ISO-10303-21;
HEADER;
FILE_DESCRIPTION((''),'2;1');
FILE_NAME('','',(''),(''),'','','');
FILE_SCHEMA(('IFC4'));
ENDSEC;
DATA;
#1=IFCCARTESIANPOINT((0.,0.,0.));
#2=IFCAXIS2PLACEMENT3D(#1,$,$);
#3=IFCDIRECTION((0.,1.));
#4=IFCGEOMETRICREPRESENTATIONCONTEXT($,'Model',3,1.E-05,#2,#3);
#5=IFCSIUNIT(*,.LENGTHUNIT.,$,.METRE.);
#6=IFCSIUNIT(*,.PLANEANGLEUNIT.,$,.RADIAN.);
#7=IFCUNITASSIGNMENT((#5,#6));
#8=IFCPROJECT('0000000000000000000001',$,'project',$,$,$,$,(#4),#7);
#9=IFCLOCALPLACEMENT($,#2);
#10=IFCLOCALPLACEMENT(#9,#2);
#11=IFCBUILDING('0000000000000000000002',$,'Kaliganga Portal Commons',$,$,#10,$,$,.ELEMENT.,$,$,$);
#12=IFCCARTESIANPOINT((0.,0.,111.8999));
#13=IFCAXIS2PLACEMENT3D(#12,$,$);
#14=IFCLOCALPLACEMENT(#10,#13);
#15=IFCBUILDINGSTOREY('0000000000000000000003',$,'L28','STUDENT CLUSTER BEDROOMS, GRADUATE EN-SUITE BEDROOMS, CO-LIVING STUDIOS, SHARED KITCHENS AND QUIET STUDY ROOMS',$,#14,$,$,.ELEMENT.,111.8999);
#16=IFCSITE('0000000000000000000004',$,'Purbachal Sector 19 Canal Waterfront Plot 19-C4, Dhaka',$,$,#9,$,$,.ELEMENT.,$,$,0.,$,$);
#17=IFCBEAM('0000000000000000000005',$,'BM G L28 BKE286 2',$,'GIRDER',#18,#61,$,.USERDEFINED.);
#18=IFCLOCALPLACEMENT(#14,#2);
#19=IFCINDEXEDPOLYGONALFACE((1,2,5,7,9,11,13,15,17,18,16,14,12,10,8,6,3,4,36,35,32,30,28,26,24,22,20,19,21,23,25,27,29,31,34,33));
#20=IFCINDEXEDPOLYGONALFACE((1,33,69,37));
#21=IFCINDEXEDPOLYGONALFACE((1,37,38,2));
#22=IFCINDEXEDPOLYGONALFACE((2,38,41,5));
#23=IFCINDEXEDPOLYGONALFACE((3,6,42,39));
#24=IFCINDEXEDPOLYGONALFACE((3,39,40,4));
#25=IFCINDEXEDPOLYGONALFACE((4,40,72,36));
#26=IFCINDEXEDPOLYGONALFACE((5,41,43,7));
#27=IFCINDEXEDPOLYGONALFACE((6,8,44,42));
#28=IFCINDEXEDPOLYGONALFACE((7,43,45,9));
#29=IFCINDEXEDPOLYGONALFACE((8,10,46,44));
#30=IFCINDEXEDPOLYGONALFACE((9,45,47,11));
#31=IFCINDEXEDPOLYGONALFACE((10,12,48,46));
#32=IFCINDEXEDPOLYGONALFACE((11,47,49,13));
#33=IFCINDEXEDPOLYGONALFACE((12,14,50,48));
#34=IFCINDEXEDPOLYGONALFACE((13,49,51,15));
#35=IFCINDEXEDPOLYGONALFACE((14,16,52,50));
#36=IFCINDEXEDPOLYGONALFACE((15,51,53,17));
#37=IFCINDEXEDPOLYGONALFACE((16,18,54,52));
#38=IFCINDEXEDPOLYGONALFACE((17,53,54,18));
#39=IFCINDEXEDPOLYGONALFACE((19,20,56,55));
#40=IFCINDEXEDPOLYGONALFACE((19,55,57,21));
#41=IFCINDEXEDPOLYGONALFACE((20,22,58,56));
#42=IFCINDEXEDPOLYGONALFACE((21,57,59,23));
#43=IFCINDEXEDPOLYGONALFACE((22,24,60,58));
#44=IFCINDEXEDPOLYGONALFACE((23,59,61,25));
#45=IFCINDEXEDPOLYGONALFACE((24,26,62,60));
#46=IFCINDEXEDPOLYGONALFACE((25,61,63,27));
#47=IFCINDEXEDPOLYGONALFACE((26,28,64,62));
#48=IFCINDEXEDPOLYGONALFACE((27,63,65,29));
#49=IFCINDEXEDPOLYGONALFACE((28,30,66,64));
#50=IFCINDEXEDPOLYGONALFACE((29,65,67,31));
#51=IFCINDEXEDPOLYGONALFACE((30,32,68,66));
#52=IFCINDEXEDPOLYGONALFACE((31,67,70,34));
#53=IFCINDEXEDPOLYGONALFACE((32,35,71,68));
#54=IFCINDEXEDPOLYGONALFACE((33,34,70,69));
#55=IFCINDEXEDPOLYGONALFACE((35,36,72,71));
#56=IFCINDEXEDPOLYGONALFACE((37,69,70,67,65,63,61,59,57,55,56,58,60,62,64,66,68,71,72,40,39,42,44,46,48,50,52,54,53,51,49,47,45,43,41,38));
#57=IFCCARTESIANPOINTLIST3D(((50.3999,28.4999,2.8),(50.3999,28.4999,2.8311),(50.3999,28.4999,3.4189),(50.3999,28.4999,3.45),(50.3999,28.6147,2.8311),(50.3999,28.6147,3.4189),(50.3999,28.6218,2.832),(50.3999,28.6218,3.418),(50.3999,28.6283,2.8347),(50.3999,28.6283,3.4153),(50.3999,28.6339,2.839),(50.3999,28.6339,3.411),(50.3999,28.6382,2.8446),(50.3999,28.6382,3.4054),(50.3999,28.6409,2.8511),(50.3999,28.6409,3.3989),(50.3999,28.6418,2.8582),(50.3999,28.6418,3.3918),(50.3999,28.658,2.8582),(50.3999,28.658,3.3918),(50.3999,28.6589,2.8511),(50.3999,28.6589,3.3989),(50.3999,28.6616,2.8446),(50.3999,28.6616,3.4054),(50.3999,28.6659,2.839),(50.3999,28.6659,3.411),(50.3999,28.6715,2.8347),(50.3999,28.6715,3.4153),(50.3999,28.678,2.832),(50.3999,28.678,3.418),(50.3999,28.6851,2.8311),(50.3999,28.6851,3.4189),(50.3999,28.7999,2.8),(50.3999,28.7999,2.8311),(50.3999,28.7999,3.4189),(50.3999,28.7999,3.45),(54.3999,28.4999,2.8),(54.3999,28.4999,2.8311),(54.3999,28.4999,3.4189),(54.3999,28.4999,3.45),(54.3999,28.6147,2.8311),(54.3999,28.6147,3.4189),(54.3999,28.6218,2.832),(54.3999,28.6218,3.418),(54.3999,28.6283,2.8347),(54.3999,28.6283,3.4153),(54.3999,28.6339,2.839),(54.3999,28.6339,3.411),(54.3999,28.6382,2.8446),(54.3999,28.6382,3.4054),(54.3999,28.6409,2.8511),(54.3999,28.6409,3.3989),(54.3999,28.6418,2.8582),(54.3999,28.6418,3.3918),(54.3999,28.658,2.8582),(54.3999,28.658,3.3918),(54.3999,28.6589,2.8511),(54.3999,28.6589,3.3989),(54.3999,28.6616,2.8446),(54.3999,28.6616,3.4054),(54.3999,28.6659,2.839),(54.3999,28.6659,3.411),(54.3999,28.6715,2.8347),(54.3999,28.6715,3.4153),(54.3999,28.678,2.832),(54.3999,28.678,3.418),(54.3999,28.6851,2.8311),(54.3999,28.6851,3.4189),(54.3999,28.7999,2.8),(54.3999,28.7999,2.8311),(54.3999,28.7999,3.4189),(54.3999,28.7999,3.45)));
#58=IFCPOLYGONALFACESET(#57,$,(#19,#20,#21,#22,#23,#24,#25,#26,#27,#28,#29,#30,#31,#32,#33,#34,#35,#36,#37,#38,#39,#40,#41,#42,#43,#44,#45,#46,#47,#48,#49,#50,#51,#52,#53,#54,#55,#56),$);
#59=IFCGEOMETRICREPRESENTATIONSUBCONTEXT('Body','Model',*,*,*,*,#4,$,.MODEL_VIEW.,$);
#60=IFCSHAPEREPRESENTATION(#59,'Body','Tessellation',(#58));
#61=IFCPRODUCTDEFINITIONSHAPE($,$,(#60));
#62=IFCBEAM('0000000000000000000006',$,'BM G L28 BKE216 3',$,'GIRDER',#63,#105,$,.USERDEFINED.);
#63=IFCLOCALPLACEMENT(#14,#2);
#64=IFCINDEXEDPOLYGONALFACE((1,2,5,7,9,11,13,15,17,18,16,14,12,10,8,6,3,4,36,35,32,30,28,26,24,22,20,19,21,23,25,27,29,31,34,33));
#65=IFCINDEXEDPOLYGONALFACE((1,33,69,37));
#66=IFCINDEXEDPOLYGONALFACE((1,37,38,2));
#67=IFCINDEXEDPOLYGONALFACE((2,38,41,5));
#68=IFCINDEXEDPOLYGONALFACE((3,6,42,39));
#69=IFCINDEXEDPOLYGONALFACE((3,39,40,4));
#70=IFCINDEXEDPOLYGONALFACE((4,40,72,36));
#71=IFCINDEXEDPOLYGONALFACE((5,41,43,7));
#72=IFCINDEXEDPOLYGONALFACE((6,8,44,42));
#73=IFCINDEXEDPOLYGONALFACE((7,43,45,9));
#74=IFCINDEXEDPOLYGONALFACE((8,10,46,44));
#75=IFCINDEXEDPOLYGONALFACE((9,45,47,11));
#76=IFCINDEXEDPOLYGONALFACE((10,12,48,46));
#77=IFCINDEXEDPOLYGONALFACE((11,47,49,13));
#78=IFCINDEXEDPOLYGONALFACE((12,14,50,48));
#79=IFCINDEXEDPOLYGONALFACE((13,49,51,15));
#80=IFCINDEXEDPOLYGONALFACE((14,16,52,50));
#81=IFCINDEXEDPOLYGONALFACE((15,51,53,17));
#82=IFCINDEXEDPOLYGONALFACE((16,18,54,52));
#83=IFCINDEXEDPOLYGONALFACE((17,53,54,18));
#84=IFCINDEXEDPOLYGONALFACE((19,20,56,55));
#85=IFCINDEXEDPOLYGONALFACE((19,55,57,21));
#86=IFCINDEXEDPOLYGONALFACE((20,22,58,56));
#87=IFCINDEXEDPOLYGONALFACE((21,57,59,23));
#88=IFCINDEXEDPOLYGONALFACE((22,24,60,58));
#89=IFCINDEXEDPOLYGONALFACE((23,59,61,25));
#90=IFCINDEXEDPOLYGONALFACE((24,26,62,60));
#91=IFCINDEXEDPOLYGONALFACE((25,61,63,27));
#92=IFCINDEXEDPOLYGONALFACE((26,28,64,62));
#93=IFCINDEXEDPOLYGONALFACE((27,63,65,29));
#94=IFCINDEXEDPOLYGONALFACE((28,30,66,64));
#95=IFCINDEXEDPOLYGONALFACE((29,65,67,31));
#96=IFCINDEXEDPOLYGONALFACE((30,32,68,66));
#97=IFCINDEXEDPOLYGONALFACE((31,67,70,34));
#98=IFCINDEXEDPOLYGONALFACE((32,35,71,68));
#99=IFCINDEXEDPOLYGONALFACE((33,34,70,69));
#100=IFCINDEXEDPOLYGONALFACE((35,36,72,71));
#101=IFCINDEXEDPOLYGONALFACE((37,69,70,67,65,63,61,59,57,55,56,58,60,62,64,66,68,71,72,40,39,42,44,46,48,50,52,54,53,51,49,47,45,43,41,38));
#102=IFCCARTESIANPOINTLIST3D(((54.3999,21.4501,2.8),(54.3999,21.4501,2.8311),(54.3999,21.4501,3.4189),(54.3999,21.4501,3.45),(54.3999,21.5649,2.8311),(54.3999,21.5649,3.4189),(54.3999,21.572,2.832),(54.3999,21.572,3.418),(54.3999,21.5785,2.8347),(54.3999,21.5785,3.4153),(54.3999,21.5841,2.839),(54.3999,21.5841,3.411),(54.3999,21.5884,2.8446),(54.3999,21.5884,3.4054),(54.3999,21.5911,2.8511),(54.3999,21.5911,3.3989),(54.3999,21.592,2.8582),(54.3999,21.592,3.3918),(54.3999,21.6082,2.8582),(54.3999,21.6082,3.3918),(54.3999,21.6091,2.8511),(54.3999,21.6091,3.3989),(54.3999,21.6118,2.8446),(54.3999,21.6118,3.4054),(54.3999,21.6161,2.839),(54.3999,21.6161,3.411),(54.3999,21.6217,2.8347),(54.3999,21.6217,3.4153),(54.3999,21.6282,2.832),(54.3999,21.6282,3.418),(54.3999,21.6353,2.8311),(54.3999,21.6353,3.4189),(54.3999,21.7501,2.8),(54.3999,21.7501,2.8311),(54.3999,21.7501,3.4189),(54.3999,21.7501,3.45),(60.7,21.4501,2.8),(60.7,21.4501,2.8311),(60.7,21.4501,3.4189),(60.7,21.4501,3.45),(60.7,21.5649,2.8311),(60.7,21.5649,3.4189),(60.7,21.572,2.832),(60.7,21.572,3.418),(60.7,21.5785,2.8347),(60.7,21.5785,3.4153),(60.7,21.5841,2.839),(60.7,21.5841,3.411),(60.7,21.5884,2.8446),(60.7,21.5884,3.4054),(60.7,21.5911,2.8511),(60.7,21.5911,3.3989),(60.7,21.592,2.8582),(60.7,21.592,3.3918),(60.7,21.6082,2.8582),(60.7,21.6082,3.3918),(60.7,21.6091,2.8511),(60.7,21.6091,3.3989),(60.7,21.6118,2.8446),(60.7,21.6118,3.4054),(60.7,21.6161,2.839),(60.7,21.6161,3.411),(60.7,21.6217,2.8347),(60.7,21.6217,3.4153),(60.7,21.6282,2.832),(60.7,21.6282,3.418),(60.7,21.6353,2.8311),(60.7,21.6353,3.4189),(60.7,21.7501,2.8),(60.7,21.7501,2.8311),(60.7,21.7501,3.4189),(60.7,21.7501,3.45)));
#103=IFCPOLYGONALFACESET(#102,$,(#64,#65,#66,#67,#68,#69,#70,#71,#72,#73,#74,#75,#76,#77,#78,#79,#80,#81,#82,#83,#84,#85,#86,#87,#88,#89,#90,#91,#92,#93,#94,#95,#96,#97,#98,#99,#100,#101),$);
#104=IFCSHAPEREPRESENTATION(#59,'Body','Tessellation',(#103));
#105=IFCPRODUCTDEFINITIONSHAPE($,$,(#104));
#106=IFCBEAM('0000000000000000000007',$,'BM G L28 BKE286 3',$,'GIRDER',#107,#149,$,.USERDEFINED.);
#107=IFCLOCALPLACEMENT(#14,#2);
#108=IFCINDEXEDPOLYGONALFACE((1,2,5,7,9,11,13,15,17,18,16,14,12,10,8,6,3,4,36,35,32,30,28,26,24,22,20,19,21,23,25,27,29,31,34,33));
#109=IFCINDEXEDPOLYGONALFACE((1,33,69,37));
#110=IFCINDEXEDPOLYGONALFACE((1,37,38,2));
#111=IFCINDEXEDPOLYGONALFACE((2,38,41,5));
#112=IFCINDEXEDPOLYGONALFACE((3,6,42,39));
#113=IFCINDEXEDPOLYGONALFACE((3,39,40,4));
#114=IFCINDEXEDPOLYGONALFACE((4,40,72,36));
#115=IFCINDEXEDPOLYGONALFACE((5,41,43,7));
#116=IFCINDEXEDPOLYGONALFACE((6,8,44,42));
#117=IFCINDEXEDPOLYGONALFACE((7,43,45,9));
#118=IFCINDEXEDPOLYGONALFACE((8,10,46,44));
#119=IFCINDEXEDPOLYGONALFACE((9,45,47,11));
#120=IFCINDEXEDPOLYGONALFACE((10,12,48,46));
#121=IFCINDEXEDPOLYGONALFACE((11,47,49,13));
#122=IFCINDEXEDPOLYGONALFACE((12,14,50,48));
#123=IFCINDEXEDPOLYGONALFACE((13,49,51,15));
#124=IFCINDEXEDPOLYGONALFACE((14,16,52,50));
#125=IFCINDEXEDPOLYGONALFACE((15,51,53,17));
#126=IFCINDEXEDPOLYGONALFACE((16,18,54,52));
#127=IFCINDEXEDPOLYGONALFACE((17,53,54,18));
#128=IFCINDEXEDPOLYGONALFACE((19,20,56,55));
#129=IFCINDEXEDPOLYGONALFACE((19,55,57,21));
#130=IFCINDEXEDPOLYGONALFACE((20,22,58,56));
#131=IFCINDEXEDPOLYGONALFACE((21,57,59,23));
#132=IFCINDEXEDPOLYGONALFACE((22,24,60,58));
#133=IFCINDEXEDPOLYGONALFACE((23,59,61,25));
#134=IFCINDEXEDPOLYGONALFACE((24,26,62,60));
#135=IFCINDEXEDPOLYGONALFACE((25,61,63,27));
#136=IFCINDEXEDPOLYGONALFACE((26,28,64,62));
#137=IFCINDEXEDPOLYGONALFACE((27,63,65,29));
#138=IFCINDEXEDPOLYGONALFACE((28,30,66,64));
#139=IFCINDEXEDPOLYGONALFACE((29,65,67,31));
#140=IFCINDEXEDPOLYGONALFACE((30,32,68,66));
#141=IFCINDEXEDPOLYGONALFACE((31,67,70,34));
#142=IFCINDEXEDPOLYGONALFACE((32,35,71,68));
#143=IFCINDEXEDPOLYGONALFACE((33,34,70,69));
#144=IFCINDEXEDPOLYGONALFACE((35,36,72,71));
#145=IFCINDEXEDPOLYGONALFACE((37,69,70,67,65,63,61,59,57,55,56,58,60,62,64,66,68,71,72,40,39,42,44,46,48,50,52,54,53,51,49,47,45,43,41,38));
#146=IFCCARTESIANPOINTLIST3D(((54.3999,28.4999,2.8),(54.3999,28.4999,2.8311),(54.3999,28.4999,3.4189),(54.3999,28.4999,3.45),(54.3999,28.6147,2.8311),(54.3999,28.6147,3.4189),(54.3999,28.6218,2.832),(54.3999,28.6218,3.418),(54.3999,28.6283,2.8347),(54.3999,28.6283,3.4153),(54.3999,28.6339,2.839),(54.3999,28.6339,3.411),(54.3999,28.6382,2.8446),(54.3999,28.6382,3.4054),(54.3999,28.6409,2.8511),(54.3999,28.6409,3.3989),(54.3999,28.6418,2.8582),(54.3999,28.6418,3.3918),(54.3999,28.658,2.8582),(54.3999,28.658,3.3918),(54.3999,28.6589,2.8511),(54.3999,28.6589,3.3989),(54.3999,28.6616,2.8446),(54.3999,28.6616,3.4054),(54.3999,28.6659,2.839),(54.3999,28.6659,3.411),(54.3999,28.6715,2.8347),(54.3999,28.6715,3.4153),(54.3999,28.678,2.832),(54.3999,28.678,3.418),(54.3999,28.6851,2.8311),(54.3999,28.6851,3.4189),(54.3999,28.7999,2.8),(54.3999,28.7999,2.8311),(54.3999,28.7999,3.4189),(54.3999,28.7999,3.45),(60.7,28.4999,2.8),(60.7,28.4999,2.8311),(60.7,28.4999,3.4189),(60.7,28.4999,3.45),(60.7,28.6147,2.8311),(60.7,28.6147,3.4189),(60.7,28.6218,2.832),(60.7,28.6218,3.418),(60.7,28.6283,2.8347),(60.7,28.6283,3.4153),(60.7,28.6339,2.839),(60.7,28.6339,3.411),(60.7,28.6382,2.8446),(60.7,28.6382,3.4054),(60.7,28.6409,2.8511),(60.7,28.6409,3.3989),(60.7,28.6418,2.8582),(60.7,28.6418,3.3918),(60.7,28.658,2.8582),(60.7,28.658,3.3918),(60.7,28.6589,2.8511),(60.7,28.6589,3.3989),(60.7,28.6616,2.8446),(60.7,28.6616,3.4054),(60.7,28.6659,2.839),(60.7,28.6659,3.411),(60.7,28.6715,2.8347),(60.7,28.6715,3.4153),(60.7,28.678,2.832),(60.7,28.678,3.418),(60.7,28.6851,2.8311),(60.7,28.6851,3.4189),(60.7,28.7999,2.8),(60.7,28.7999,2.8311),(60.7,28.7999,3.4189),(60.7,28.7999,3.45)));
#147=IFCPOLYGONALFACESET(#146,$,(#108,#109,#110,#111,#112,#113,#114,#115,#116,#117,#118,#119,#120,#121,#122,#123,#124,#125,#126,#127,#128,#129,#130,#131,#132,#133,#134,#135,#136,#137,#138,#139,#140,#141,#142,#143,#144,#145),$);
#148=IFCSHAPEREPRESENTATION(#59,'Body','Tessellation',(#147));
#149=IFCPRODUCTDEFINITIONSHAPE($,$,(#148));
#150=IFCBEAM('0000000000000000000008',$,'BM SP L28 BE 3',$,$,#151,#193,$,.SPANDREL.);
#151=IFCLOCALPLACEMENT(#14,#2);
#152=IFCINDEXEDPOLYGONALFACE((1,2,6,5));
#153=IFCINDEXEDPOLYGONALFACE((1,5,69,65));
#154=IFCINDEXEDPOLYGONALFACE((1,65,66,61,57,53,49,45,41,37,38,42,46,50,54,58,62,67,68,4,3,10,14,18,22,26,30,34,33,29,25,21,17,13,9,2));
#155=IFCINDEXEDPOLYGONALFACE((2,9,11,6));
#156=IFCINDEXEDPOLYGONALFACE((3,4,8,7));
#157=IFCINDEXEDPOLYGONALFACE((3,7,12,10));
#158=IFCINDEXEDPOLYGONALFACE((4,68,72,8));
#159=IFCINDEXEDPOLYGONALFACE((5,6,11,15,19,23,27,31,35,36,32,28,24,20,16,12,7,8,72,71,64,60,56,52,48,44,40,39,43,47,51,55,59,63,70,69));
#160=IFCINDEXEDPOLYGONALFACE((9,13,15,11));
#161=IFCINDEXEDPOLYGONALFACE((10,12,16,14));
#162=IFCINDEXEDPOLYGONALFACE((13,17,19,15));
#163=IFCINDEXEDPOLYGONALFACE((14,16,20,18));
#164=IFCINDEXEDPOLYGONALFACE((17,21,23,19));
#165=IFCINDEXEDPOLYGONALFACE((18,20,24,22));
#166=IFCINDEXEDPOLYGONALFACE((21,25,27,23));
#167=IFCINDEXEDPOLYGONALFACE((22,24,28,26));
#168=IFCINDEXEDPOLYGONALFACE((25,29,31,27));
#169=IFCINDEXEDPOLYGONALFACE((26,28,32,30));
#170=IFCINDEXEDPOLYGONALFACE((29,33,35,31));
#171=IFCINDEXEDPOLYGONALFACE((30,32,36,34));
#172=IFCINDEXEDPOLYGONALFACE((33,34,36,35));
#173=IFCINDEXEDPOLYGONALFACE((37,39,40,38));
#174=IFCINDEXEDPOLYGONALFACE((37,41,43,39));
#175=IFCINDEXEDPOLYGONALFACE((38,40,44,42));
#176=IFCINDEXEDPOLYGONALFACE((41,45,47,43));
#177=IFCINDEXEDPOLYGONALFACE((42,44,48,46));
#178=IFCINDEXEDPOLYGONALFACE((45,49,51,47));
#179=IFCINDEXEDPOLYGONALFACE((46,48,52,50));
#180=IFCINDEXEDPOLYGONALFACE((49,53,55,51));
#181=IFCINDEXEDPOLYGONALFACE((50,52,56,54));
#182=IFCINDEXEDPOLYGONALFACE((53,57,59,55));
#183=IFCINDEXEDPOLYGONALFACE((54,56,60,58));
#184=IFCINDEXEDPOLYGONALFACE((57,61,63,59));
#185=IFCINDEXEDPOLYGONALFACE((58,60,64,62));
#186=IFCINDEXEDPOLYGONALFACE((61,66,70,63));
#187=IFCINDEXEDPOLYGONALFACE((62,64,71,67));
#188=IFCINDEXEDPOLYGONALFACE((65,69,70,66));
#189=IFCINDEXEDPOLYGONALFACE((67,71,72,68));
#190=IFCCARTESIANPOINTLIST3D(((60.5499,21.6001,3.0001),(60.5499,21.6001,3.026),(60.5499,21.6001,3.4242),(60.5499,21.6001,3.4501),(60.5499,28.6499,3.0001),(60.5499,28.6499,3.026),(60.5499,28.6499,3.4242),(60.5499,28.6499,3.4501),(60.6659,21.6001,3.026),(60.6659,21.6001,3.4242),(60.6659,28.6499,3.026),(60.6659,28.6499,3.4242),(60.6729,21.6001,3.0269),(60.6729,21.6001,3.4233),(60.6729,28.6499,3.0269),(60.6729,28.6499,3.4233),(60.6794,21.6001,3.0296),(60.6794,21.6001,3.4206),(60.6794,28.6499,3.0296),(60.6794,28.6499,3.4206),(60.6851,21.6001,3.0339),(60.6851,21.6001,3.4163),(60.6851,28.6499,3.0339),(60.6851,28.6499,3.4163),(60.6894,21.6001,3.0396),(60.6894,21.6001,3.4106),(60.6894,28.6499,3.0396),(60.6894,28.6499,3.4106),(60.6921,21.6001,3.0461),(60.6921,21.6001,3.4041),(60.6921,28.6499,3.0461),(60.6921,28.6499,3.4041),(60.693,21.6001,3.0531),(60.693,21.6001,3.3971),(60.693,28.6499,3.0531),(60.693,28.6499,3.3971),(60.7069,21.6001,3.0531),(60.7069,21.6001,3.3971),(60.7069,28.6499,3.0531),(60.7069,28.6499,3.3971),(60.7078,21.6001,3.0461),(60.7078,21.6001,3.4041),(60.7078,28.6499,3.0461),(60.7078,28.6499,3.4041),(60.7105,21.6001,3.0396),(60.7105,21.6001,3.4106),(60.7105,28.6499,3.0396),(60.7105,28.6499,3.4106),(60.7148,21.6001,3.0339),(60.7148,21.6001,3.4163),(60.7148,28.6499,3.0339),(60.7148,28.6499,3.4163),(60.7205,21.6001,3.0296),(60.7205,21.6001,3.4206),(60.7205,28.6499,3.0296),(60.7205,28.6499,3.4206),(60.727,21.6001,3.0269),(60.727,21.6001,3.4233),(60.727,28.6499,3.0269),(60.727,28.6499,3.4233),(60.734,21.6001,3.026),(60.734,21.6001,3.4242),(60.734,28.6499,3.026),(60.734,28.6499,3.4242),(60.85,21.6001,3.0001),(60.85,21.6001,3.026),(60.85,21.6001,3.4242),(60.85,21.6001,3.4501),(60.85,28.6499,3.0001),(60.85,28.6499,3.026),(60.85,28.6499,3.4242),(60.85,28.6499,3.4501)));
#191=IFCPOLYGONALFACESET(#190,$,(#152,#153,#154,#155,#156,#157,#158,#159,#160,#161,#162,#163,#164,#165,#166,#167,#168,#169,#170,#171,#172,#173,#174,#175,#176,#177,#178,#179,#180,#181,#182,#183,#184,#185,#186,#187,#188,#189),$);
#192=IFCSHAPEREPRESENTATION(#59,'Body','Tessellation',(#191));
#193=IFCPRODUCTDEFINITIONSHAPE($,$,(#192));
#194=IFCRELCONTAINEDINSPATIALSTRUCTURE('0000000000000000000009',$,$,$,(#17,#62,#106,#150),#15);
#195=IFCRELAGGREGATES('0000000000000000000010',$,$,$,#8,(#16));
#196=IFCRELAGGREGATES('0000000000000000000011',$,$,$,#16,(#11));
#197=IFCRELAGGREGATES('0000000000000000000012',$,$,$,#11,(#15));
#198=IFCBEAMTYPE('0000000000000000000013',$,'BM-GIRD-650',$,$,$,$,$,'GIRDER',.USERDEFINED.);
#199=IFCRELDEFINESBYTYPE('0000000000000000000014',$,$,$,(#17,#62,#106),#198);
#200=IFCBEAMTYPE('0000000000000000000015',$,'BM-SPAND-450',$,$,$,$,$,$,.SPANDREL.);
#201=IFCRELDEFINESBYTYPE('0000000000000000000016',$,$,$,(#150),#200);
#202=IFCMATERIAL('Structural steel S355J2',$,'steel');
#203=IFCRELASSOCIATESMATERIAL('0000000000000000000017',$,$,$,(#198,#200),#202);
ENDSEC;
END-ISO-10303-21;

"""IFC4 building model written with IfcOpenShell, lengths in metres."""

from ifc_helpers import new_model, si_unit, direction, frame, origin, origin_2d, place, context, subcontext, project, spatial, i_section, extrude, source, transform, mapped, material, material_profile, profile_set, type_object, element, save


model = new_model("IFC4")

# Units and contexts
model_context = context("Model", 3, precision=1e-05, world=origin(), true_north=direction((0.0, 1.0)))
body_context = subcontext(model_context, "Body", "Model", "MODEL_VIEW")
ifc_project = project(units=[si_unit("LENGTHUNIT", "METRE"), si_unit("PLANEANGLEUNIT", "RADIAN")], contexts=[model_context])

# Site, building, storey
site_placement = place(None, origin())
site = spatial("IfcSite", under=ifc_project, at=site_placement, Name="Purbachal Sector 19 Canal Waterfront Plot 19-C4, Dhaka", CompositionType="ELEMENT", RefElevation=0.0)
building_placement = place(site_placement, origin())
building = spatial("IfcBuilding", under=site, at=building_placement, Name="Kaliganga Portal Commons", CompositionType="ELEMENT")
storey_placement = place(building_placement, frame((0.0, 0.0, 111.8999)))
storey = spatial("IfcBuildingStorey", under=building, at=storey_placement, Name="L28", Description="STUDENT CLUSTER BEDROOMS, GRADUATE EN-SUITE BEDROOMS, CO-LIVING STUDIOS, SHARED KITCHENS AND QUIET STUDY ROOMS", CompositionType="ELEMENT", Elevation=111.8999)

# Beams
ifc_material_1 = material(Name="Structural steel S355J2", Category="steel")
ifc_material_profile_1 = material_profile(ifc_material_1, i_section(OverallWidth=0.3, OverallDepth=0.6499, WebThickness=0.0161, FlangeThickness=0.031, FilletRadius=0.0271, at=origin_2d()), Name="HE 650 B")
ifc_profile_set_1 = profile_set([ifc_material_profile_1], Name="Structural steel S355J2 wide-flange")
beam_type_1 = type_object("IfcBeamType", Name="BM-GIRD-650", ElementType="GIRDER", PredefinedType="USERDEFINED", material=ifc_profile_set_1)
shared_shape_1 = source(origin(), body_context, "Body", "SweptSolid", [
    extrude(i_section(OverallWidth=0.3, OverallDepth=0.6499, WebThickness=0.0161, FlangeThickness=0.031, FilletRadius=0.0271, at=origin_2d()), origin(), (0.0, 0.0, 1.0), 4.0),
])
for number, where, z_axis, x_axis, name in (
    (1, (50.3999, 28.6499, 3.125), (1.0, 0.0, 0.0), (0.0, 1.0, 0.0), "BM G L28 BKE286 2"),
):
    element("IfcBeam", number, at=place(storey_placement, frame(where, z_axis=z_axis, x_axis=x_axis)), inside=storey, type_object=beam_type_1, Name=name, ObjectType="GIRDER", PredefinedType="USERDEFINED", context=body_context, shape_type="MappedRepresentation", body=[
        mapped(shared_shape_1, transform((0.0, 0.0, 0.0), x_axis=(1.0, 0.0, 0.0), y_axis=(0.0, 1.0, 0.0), z_axis=(0.0, 0.0, 1.0), scale=1.0)),
    ])
shared_shape_2 = source(origin(), body_context, "Body", "SweptSolid", [
    extrude(i_section(OverallWidth=0.3, OverallDepth=0.6499, WebThickness=0.0161, FlangeThickness=0.031, FilletRadius=0.0271, at=origin_2d()), origin(), (0.0, 0.0, 1.0), 6.3),
])
for number, where, z_axis, x_axis, name in (
    (2, (54.3999, 21.6001, 3.125), (1.0, 0.0, 0.0), (0.0, 1.0, 0.0), "BM G L28 BKE216 3"),
    (3, (54.3999, 28.6499, 3.125), (1.0, 0.0, 0.0), (0.0, 1.0, 0.0), "BM G L28 BKE286 3"),
):
    element("IfcBeam", number, at=place(storey_placement, frame(where, z_axis=z_axis, x_axis=x_axis)), inside=storey, type_object=beam_type_1, Name=name, ObjectType="GIRDER", PredefinedType="USERDEFINED", context=body_context, shape_type="MappedRepresentation", body=[
        mapped(shared_shape_2, transform((0.0, 0.0, 0.0), x_axis=(1.0, 0.0, 0.0), y_axis=(0.0, 1.0, 0.0), z_axis=(0.0, 0.0, 1.0), scale=1.0)),
    ])
ifc_material_profile_2 = material_profile(ifc_material_1, i_section(OverallWidth=0.3, OverallDepth=0.45, WebThickness=0.0139, FlangeThickness=0.0259, FilletRadius=0.0271, at=origin_2d()), Name="HE 450 B")
ifc_profile_set_2 = profile_set([ifc_material_profile_2], Name="Structural steel S355J2 wide-flange")
beam_type_2 = type_object("IfcBeamType", Name="BM-SPAND-450", PredefinedType="SPANDREL", material=ifc_profile_set_2)
shared_shape_3 = source(origin(), body_context, "Body", "SweptSolid", [
    extrude(i_section(OverallWidth=0.3, OverallDepth=0.45, WebThickness=0.0139, FlangeThickness=0.0259, FilletRadius=0.0271, at=origin_2d()), origin(), (0.0, 0.0, 1.0), 7.0498),
])
beam_placement = place(storey_placement, frame((60.7, 21.6001, 3.2251), z_axis=(0.0, 1.0, 0.0), x_axis=(-1.0, 0.0, 0.0)))
element("IfcBeam", 4, at=beam_placement, inside=storey, type_object=beam_type_2, Name="BM SP L28 BE 3", PredefinedType="SPANDREL", context=body_context, shape_type="MappedRepresentation", body=[
    mapped(shared_shape_3, transform((0.0, 0.0, 0.0), x_axis=(1.0, 0.0, 0.0), y_axis=(0.0, 1.0, 0.0), z_axis=(0.0, 0.0, 1.0), scale=1.0)),
])

save(model, "model.ifc")
